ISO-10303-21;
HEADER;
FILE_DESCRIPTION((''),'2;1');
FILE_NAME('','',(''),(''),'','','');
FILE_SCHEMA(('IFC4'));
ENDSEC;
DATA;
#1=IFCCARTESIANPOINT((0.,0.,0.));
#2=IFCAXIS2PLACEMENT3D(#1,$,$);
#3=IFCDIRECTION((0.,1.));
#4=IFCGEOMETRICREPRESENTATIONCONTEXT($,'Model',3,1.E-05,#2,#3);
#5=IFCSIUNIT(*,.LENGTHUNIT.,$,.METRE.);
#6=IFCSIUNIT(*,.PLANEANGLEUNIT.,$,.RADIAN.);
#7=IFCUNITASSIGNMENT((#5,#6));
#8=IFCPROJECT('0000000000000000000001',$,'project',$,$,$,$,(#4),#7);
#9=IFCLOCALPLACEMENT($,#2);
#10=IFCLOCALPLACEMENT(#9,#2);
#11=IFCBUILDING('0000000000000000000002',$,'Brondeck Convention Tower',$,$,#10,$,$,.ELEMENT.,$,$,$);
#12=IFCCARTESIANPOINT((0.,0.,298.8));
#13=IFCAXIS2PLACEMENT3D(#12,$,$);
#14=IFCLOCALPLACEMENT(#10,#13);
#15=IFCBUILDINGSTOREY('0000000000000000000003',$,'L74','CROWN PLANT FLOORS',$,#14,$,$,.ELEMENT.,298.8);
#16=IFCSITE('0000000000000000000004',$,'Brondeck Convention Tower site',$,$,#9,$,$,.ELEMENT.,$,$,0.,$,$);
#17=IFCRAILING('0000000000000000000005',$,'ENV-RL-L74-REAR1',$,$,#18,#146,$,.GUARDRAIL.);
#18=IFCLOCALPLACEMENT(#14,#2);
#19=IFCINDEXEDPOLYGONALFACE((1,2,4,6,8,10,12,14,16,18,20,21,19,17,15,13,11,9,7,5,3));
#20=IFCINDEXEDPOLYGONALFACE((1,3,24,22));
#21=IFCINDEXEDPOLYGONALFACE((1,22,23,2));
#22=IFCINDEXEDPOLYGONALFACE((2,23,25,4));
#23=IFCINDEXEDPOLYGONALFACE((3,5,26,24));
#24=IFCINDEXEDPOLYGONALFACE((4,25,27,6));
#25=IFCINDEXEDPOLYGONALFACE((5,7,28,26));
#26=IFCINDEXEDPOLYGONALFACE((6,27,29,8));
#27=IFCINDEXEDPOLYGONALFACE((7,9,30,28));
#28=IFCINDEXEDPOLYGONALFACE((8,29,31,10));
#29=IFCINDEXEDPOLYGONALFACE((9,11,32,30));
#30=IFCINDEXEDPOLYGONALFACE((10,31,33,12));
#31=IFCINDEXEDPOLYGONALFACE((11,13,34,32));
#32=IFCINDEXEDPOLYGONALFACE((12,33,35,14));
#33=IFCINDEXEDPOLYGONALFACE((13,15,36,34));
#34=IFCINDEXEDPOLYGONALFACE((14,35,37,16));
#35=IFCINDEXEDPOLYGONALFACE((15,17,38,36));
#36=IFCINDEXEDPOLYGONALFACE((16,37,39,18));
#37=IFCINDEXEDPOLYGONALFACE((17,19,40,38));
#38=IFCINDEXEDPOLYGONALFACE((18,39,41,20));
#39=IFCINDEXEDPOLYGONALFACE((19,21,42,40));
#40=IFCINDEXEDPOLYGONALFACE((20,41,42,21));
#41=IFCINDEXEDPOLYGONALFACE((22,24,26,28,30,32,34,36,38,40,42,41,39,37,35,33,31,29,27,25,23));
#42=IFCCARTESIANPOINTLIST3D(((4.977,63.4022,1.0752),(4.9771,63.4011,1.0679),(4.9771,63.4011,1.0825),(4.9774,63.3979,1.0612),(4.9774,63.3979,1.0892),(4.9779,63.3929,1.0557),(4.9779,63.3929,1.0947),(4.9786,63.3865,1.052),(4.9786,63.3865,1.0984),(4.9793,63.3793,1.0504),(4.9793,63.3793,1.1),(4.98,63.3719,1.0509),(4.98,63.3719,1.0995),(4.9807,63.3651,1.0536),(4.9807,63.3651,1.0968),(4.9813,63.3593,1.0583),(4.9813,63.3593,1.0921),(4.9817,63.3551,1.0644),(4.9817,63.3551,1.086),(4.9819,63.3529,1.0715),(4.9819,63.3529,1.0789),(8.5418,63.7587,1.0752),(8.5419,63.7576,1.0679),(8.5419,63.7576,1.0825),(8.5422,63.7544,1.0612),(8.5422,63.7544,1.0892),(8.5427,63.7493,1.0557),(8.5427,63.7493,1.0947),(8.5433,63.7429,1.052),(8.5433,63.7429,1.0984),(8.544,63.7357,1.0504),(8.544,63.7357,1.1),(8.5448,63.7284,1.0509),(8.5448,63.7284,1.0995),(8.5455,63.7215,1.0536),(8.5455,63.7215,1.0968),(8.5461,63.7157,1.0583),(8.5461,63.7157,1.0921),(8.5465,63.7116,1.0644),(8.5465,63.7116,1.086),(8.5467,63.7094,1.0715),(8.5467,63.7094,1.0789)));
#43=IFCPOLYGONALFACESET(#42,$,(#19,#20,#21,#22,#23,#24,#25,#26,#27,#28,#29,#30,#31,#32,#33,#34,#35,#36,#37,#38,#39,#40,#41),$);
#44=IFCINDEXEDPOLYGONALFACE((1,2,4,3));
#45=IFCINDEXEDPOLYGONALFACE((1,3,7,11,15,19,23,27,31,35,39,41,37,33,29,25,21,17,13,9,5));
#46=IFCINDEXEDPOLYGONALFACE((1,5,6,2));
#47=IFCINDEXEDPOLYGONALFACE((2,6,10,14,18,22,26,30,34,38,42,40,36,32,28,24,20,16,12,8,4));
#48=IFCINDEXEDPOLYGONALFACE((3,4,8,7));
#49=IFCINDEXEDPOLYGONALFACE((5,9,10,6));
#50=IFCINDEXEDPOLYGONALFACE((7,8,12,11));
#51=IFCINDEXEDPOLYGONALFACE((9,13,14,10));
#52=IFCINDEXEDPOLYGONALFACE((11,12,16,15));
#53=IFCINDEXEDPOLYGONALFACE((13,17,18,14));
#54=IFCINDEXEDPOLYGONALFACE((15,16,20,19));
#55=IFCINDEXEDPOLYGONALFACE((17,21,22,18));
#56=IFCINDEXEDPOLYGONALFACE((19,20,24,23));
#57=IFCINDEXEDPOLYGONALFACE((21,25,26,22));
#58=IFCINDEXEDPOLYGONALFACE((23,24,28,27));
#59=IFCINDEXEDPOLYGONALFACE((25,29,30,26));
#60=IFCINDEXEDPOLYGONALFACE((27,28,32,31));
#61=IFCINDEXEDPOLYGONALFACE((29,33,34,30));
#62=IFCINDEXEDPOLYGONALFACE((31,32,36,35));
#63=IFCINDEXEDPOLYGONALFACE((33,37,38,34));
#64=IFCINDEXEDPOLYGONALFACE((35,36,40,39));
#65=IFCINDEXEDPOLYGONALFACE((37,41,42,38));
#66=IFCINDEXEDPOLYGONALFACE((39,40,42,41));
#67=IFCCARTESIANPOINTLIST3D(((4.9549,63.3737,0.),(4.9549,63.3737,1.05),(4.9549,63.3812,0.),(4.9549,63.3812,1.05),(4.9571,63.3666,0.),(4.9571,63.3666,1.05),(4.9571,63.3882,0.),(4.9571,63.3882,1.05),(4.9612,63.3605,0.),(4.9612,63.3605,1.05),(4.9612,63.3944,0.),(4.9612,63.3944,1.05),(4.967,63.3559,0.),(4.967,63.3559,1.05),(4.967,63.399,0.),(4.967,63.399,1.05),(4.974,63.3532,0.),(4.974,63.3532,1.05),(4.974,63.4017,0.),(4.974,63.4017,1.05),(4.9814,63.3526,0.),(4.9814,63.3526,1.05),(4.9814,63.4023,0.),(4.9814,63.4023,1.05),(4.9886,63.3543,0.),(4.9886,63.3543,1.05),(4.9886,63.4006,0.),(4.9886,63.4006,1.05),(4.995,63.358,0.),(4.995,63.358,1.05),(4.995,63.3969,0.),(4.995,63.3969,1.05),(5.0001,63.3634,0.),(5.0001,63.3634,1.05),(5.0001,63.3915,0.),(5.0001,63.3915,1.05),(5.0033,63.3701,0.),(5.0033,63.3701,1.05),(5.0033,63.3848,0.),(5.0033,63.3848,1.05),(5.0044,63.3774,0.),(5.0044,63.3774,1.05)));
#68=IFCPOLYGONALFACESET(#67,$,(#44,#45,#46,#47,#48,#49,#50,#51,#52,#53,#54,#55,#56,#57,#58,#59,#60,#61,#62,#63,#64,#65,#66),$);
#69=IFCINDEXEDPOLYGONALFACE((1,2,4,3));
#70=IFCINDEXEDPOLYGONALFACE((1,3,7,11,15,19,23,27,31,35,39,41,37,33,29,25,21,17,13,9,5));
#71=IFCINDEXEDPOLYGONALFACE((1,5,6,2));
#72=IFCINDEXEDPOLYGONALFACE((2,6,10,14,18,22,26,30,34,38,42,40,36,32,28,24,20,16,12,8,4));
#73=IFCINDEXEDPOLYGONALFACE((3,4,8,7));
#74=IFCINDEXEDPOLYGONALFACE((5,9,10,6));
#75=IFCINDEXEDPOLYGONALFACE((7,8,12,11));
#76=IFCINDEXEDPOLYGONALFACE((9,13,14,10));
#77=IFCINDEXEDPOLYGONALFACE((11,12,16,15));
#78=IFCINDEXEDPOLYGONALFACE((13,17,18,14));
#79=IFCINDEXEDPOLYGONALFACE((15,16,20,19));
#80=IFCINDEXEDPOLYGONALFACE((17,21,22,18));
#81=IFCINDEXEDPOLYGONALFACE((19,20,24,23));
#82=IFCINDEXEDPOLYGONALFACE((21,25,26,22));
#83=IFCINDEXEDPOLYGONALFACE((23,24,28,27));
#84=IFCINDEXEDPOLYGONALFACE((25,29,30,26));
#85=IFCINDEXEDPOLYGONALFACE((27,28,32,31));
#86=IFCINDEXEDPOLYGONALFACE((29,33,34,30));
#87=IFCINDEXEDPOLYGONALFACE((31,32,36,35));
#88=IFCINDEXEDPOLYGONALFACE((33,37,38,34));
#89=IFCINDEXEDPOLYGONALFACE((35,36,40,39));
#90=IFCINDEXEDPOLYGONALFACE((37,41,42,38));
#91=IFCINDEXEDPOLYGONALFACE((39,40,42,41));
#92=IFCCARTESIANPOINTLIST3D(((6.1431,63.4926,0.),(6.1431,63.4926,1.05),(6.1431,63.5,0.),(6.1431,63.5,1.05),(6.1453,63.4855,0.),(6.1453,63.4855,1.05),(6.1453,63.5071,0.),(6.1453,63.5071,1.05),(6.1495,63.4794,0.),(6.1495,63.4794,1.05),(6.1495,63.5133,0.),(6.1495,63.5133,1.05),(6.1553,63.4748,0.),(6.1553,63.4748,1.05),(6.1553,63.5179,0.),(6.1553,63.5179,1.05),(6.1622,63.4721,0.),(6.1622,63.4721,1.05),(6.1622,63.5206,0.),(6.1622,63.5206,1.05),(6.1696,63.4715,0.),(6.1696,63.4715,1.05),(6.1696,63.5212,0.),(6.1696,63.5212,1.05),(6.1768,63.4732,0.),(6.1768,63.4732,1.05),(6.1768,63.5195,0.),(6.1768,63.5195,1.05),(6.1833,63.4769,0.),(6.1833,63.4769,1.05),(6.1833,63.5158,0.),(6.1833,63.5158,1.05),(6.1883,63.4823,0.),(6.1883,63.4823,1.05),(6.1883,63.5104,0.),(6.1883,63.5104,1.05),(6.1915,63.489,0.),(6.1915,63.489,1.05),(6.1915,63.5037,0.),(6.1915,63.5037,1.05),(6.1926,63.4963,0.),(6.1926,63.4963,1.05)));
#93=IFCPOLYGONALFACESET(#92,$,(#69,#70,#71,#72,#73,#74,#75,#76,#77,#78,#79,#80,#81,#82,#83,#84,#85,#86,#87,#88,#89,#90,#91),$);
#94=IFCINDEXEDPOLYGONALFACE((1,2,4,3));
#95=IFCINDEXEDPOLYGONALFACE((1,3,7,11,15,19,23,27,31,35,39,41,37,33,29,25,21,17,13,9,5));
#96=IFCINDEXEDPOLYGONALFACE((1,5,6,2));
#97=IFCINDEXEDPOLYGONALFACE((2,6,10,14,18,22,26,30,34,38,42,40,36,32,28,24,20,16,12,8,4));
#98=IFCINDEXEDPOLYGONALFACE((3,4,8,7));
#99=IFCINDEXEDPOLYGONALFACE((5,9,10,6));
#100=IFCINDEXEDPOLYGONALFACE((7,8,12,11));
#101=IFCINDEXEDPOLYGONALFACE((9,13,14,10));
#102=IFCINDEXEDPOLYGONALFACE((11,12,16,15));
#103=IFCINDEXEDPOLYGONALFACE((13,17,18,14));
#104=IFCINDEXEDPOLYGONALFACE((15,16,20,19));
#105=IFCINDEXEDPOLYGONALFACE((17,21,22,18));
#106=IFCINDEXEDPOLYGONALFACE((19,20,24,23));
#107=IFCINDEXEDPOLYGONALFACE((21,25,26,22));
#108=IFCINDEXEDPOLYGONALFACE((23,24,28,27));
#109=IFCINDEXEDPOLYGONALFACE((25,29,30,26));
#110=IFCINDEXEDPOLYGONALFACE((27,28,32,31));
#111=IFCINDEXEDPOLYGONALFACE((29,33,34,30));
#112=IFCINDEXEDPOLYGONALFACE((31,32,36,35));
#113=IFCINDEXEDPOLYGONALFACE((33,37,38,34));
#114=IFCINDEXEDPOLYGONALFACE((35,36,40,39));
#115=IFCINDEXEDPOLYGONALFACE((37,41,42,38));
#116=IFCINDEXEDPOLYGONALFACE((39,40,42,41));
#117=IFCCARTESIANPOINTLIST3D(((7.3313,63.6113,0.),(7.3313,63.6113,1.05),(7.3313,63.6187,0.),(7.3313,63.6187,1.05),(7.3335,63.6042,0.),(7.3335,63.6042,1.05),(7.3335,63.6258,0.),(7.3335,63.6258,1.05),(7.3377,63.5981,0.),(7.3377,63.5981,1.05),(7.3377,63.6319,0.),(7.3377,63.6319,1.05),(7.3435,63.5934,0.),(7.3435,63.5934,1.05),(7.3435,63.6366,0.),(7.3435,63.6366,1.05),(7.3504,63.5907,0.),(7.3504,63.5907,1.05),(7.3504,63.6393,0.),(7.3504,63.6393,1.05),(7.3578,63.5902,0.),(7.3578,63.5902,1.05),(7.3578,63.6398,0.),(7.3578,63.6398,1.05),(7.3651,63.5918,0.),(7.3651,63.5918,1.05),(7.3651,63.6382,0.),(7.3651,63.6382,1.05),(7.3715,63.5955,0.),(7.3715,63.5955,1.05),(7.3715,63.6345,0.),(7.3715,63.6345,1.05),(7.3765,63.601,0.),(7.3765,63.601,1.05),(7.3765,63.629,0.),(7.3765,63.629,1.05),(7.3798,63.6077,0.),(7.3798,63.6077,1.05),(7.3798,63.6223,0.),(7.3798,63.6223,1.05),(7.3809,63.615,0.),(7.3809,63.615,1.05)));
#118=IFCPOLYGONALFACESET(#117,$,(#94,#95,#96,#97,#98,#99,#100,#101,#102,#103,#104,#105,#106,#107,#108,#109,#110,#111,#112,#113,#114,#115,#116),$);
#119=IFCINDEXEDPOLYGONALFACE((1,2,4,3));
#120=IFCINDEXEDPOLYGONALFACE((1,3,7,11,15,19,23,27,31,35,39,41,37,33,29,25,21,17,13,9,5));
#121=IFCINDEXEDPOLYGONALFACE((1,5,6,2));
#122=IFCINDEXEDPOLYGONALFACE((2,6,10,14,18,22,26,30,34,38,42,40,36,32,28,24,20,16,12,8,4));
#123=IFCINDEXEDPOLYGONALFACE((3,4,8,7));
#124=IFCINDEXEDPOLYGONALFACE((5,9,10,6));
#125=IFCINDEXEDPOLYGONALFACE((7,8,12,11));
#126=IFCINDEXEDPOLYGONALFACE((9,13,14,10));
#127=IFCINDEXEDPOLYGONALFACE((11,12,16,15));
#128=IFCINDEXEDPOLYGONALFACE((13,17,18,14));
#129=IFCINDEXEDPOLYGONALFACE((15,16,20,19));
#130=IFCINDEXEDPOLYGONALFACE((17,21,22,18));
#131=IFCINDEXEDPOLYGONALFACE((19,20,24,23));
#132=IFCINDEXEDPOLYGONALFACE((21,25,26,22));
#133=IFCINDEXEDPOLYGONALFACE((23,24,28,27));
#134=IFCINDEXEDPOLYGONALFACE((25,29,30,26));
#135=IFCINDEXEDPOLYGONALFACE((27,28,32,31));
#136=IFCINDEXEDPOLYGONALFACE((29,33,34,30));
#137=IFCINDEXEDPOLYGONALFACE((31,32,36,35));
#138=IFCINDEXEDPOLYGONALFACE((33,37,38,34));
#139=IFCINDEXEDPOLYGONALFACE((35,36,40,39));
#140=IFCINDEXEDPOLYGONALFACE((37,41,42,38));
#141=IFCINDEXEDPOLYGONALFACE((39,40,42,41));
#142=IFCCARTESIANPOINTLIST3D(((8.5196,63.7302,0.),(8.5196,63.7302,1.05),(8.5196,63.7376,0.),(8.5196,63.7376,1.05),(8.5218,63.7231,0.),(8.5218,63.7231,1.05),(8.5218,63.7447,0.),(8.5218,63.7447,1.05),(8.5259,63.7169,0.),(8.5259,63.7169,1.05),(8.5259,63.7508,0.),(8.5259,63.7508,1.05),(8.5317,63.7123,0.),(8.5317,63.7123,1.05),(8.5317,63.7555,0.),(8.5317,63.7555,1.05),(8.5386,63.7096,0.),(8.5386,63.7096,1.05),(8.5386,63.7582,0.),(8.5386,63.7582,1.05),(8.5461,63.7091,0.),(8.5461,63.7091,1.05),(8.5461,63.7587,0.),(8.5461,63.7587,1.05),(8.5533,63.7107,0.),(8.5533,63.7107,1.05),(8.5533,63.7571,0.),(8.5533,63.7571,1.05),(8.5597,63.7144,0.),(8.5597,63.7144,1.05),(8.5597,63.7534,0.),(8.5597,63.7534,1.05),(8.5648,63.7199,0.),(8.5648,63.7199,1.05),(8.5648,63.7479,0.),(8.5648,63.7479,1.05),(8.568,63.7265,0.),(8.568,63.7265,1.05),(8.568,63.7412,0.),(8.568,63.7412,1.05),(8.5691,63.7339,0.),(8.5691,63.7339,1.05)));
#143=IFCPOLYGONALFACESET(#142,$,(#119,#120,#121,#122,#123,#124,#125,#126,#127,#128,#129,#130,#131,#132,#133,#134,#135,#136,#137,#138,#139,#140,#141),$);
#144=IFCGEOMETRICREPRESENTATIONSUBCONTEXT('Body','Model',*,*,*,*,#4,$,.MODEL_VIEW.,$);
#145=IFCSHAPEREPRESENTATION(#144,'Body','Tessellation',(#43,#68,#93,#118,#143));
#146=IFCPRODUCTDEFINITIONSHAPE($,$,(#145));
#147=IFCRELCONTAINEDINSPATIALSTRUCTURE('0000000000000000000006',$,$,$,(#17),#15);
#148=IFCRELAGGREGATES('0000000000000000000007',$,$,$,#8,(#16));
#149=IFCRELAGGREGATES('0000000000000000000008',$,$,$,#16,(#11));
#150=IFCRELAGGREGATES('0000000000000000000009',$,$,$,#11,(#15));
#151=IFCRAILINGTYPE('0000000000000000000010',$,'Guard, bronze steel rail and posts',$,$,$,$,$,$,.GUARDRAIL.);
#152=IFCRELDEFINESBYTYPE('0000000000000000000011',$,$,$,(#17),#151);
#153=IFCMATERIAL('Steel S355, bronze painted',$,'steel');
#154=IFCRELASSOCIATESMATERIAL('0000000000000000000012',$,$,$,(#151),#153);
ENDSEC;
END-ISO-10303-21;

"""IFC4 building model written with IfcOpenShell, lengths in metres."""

from ifc_helpers import new_model, si_unit, direction, frame, origin, origin_2d, place, context, subcontext, project, spatial, circle, extrude, material, type_object, element, save


model = new_model("IFC4")

# Units and contexts
model_context = context("Model", 3, precision=1e-05, world=origin(), true_north=direction((0.0, 1.0)))
body_context = subcontext(model_context, "Body", "Model", "MODEL_VIEW")
ifc_project = project(units=[si_unit("LENGTHUNIT", "METRE"), si_unit("PLANEANGLEUNIT", "RADIAN")], contexts=[model_context])

# Site, building, storey
site_placement = place(None, origin())
site = spatial("IfcSite", under=ifc_project, at=site_placement, Name="Brondeck Convention Tower site", CompositionType="ELEMENT", RefElevation=0.0)
building_placement = place(site_placement, origin())
building = spatial("IfcBuilding", under=site, at=building_placement, Name="Brondeck Convention Tower", CompositionType="ELEMENT")
storey_placement = place(building_placement, frame((0.0, 0.0, 298.8)))
storey = spatial("IfcBuildingStorey", under=building, at=storey_placement, Name="L74", Description="CROWN PLANT FLOORS", CompositionType="ELEMENT", Elevation=298.8)

# Railing
ifc_material_1 = material(Name="Steel S355, bronze painted", Category="steel")
railing_type_1 = type_object("IfcRailingType", Name="Guard, bronze steel rail and posts", PredefinedType="GUARDRAIL", material=ifc_material_1)
railing_1_placement = place(storey_placement, frame((4.9795, 63.3774, 0.0)))
element("IfcRailing", 1, at=railing_1_placement, inside=storey, type_object=railing_type_1, Name="ENV-RL-L74-REAR1", PredefinedType="GUARDRAIL", context=body_context, shape_type="SweptSolid", body=[
    extrude(circle(Radius=0.0249, at=origin_2d()), frame((0.0, 0.0, 1.0752), z_axis=(0.995038, 0.099497, 0.0), x_axis=(-0.099497, 0.995038, 0.0)), (0.0, 0.0, 1.0), 3.5825),
    extrude(circle(Radius=0.0249, at=origin_2d()), origin(), (0.0, 0.0, 1.0), 1.05),
    extrude(circle(Radius=0.0249, at=origin_2d()), frame((1.1882, 0.1189, 0.0)), (0.0, 0.0, 1.0), 1.05),
    extrude(circle(Radius=0.0249, at=origin_2d()), frame((2.3765, 0.2375, 0.0)), (0.0, 0.0, 1.0), 1.05),
    extrude(circle(Radius=0.0249, at=origin_2d()), frame((3.5647, 0.3564, 0.0)), (0.0, 0.0, 1.0), 1.05),
])

save(model, "model.ifc")
